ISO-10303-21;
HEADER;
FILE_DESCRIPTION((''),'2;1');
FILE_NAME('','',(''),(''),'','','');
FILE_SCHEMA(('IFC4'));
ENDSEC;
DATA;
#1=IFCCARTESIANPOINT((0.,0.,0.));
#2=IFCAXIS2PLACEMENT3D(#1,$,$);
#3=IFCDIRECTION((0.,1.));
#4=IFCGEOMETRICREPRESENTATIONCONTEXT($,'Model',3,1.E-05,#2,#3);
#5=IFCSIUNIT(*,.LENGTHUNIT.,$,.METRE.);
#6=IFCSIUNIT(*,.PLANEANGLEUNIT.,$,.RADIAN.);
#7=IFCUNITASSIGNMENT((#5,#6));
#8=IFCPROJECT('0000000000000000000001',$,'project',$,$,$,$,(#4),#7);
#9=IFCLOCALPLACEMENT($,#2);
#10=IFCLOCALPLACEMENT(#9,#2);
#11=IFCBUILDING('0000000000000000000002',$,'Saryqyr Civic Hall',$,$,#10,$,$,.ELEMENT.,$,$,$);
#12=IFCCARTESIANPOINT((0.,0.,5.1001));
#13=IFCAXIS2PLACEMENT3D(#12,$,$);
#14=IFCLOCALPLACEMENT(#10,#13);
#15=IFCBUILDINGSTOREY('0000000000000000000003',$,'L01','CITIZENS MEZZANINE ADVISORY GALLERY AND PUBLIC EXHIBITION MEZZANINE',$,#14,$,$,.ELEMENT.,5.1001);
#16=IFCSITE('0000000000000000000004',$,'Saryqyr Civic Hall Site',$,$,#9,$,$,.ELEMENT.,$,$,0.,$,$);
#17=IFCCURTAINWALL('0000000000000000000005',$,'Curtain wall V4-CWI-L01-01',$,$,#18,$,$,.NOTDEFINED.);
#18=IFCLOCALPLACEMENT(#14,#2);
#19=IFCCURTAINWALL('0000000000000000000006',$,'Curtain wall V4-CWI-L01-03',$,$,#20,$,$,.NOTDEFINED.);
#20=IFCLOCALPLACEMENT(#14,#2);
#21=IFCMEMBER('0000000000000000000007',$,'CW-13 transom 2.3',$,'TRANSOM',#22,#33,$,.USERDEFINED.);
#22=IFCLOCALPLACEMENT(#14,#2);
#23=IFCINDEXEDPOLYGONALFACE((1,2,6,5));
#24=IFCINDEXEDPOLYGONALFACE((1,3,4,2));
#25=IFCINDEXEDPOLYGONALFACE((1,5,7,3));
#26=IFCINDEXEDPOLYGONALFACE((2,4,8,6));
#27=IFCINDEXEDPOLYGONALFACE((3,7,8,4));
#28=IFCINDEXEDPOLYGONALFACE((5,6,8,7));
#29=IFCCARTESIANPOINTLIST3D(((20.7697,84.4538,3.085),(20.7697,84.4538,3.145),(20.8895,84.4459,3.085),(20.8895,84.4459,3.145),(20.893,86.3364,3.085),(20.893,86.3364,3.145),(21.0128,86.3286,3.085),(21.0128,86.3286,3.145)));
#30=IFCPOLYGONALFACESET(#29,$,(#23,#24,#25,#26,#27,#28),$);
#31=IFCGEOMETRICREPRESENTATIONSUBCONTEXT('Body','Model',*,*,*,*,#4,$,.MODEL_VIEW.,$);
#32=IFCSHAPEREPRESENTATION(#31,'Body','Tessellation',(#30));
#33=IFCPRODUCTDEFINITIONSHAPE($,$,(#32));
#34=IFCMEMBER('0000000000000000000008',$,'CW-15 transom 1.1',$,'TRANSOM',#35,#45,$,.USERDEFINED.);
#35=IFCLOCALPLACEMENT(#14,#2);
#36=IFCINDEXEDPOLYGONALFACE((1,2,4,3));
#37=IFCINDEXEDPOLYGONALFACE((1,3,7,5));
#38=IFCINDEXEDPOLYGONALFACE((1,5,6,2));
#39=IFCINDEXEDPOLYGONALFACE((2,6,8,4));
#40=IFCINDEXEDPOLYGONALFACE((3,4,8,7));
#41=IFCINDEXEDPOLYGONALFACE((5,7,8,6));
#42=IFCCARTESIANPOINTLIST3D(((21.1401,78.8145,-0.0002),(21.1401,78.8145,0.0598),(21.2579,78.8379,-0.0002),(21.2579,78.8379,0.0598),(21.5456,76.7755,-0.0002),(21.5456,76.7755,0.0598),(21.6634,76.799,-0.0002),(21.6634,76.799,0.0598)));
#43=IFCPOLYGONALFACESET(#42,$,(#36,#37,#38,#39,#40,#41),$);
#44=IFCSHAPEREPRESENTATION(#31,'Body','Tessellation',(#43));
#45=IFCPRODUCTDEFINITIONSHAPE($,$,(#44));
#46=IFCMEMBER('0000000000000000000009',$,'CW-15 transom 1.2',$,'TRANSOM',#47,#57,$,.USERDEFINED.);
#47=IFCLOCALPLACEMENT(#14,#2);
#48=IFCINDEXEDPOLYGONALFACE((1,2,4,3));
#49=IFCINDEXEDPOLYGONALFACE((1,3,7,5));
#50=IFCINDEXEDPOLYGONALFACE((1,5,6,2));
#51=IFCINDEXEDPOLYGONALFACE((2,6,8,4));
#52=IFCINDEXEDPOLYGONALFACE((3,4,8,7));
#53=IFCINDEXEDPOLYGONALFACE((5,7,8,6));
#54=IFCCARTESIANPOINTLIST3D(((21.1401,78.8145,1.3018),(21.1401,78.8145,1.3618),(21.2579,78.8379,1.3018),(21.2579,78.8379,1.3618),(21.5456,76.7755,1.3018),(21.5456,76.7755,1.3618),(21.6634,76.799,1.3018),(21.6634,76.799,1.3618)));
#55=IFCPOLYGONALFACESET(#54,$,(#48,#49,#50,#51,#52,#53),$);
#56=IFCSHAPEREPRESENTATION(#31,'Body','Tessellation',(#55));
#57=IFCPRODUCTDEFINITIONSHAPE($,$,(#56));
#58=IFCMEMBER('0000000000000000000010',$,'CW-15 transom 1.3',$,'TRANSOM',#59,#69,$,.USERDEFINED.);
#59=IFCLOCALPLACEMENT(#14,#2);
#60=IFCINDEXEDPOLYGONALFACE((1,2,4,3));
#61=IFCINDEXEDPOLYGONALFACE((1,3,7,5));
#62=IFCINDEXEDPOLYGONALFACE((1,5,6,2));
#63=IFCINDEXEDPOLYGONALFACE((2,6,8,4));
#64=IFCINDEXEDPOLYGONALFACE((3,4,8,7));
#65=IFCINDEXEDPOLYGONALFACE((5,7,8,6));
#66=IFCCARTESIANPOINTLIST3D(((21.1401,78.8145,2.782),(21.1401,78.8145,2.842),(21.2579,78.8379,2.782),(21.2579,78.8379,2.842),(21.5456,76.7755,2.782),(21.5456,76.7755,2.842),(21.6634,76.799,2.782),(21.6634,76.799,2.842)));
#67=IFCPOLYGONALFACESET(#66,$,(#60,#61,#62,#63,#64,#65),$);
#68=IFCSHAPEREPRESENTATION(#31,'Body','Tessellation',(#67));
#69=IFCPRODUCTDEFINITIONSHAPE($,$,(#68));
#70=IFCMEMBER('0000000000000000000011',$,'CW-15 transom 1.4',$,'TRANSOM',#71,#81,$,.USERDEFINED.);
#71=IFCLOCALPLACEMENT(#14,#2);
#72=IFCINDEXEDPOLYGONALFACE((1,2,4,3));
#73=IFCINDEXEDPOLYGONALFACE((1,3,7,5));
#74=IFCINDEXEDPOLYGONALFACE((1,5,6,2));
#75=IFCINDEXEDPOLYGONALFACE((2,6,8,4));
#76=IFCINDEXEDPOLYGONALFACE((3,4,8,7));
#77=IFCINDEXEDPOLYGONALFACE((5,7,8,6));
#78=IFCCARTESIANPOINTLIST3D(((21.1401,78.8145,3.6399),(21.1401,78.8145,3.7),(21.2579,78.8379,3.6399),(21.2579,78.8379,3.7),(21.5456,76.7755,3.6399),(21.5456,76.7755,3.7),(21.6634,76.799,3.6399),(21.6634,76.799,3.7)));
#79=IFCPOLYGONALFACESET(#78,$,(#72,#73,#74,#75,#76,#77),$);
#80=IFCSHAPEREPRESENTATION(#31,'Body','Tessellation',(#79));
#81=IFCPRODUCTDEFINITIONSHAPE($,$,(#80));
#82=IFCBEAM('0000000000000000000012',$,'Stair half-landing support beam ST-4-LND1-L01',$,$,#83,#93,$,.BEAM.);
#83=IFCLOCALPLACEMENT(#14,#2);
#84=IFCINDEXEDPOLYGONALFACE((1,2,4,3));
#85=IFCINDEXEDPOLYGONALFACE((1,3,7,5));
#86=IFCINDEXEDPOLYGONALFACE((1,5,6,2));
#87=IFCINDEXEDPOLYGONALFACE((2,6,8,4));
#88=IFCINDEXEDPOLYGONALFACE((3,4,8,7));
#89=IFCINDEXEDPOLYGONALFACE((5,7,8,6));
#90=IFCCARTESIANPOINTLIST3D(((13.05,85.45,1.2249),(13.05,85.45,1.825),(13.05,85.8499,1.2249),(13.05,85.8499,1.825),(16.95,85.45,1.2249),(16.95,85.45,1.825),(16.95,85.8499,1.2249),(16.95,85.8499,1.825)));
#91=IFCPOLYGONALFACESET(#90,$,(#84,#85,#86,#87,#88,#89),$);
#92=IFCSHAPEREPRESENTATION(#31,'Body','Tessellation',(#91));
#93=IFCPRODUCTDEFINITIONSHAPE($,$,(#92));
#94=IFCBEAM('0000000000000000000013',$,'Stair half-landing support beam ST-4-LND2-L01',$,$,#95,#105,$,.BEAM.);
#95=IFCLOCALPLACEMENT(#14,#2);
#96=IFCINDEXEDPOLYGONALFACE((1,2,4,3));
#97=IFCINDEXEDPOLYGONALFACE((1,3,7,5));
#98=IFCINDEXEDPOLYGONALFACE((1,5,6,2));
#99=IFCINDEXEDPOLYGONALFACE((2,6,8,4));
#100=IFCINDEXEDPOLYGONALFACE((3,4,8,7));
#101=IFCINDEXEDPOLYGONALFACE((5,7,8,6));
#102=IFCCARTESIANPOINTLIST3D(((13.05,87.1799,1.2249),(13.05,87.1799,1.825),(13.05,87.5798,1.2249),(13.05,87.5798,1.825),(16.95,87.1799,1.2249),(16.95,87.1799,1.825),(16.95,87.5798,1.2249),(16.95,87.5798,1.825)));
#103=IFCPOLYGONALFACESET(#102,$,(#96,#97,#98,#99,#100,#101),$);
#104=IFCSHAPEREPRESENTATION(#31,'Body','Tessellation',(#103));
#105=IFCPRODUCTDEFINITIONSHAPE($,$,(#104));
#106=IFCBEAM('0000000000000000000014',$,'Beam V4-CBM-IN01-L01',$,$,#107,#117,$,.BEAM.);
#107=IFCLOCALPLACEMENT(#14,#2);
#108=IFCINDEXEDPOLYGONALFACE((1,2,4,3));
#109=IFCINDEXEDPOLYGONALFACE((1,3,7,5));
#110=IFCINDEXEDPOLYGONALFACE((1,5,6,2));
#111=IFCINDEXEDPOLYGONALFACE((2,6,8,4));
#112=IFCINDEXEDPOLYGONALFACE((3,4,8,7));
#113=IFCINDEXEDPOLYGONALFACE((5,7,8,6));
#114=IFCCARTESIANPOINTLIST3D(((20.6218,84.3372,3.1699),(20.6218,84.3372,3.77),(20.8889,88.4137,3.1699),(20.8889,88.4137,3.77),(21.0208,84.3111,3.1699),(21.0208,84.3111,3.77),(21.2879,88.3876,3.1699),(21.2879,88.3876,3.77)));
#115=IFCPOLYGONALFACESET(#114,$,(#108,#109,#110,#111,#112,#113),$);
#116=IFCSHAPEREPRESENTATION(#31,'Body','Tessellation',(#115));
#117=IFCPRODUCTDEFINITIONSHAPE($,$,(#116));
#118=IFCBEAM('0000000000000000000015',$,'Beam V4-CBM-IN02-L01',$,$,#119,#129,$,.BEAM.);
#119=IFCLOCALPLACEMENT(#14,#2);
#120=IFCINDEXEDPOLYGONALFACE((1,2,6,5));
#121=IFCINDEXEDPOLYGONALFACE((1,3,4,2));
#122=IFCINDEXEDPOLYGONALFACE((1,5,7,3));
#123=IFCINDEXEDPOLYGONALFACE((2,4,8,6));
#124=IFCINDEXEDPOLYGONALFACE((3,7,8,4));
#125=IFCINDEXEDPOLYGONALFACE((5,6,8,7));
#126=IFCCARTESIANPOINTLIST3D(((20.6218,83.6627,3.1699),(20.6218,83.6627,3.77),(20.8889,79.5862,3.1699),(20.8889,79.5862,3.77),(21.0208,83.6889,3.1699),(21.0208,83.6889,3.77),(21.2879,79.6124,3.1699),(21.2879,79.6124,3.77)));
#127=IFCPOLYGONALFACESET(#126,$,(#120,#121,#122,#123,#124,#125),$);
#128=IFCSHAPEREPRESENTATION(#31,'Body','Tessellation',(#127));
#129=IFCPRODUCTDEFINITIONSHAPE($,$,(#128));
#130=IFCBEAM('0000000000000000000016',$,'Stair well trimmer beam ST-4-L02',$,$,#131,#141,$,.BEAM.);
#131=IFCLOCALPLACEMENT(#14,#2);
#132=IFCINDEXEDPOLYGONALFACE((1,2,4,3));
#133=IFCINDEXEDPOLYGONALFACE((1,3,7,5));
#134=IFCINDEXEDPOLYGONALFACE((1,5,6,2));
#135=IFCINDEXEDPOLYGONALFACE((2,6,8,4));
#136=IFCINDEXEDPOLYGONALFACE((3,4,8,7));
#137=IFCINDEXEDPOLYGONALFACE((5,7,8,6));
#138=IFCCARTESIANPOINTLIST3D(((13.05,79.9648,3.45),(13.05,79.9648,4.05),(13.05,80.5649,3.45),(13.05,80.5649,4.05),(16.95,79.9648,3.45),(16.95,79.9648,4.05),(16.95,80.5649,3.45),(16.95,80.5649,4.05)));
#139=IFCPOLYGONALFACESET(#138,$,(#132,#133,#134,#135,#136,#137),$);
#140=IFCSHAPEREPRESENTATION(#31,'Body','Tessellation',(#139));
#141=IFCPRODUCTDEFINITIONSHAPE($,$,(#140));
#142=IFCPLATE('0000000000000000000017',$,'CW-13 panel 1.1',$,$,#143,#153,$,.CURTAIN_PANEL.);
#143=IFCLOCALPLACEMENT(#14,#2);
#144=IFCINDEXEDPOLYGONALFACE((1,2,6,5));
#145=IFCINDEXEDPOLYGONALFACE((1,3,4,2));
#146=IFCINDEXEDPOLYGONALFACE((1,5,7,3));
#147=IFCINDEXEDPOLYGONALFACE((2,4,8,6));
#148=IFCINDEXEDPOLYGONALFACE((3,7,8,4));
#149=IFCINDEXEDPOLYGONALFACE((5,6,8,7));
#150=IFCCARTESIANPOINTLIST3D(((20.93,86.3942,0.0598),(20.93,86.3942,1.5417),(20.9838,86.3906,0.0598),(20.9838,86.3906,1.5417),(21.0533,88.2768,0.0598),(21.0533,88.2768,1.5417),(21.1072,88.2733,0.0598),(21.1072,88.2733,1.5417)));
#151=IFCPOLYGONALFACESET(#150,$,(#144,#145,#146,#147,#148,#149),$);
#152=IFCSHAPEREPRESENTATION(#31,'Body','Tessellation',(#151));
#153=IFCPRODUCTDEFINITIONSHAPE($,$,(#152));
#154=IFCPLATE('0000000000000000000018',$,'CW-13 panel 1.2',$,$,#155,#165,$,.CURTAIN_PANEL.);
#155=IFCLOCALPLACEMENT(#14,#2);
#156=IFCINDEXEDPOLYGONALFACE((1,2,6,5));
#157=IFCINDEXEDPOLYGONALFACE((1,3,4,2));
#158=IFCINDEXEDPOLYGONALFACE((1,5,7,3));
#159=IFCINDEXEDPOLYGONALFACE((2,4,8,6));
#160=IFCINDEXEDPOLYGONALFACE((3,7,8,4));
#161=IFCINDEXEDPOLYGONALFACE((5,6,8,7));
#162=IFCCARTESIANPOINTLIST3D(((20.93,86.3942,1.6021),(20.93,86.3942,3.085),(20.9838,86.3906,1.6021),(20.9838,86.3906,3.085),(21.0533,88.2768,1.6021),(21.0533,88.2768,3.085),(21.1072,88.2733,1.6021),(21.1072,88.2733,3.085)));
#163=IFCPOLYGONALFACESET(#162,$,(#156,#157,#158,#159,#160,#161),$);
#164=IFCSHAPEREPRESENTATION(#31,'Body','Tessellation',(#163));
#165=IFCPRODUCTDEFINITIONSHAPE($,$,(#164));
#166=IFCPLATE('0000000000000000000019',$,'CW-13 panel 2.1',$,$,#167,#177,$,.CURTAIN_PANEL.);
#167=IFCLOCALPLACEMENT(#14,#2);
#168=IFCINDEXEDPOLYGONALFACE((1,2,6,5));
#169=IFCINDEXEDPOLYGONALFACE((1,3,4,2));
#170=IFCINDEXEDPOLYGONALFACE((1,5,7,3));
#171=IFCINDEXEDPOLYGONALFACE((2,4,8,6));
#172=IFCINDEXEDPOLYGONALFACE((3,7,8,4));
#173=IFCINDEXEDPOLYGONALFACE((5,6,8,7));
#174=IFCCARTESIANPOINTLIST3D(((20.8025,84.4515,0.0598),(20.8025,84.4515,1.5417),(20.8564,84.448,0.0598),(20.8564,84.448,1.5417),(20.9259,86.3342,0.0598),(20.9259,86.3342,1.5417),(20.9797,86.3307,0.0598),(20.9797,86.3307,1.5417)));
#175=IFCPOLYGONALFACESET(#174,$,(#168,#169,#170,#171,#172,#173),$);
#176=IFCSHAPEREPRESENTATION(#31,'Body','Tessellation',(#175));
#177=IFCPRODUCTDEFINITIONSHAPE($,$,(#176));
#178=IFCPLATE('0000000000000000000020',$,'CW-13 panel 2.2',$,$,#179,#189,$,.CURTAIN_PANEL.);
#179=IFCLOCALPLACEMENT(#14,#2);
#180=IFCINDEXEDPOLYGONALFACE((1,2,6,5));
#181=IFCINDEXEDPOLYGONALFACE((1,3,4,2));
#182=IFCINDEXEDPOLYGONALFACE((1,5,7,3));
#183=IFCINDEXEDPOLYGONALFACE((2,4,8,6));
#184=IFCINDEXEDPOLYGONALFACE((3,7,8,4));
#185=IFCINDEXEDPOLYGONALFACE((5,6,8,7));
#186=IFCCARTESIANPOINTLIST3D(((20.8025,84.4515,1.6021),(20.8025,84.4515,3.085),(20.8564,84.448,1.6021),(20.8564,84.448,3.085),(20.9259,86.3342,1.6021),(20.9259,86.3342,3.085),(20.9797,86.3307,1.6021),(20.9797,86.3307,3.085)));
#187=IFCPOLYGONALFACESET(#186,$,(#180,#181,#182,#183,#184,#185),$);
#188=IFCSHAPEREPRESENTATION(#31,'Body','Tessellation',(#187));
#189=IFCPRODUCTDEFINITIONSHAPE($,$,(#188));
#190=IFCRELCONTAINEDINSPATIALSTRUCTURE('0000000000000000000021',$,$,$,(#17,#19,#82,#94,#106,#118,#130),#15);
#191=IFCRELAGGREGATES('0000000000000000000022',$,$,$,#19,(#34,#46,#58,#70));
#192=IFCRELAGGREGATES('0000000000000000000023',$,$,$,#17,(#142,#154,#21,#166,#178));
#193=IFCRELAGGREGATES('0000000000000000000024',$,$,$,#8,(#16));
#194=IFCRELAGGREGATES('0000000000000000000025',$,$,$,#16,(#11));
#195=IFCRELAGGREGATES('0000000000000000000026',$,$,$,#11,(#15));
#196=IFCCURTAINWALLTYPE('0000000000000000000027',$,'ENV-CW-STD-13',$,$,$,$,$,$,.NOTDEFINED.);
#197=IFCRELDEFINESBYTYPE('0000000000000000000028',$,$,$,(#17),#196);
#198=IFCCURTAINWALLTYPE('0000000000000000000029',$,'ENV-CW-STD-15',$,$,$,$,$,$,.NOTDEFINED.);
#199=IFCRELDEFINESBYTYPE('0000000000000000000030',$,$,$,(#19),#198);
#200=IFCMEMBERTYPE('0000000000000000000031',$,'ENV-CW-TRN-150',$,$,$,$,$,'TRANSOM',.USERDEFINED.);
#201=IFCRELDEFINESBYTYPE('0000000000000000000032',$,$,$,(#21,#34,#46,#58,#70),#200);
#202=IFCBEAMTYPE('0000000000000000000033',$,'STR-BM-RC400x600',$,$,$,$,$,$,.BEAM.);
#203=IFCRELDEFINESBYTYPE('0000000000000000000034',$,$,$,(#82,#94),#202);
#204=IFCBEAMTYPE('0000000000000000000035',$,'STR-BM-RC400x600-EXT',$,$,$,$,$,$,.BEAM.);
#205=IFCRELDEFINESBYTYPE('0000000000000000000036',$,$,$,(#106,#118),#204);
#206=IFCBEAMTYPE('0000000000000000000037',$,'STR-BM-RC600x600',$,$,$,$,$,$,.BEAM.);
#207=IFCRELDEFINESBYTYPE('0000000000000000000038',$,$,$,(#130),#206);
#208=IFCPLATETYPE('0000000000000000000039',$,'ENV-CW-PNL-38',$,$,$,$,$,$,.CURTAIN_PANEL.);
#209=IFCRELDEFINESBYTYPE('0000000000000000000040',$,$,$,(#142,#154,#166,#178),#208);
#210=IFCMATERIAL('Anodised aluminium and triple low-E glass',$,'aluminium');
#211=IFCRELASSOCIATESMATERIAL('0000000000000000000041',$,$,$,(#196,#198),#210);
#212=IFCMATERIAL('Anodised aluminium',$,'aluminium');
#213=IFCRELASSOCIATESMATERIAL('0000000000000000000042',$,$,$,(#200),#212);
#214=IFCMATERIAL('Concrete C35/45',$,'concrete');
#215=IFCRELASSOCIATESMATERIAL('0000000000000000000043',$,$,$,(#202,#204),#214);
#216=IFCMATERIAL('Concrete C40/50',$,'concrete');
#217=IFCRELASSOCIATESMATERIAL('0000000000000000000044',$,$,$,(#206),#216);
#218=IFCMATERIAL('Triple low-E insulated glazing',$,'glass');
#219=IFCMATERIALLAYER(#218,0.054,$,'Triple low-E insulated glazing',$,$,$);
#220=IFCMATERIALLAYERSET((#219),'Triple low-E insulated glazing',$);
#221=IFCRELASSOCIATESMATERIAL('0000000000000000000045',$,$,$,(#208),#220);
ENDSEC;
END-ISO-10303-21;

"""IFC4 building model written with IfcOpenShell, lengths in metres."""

from ifc_helpers import new_model, si_unit, direction, frame, origin, origin_2d, place, context, subcontext, project, spatial, rectangle, extrude, material, layer, layer_set, material_profile, profile_set, type_object, element, aggregate, save


model = new_model("IFC4")

# Units and contexts
model_context = context("Model", 3, precision=1e-05, world=origin(), true_north=direction((0.0, 1.0)))
body_context = subcontext(model_context, "Body", "Model", "MODEL_VIEW")
ifc_project = project(units=[si_unit("LENGTHUNIT", "METRE"), si_unit("PLANEANGLEUNIT", "RADIAN")], contexts=[model_context])

# Site, building, storey
site_placement = place(None, origin())
site = spatial("IfcSite", under=ifc_project, at=site_placement, Name="Saryqyr Civic Hall Site", CompositionType="ELEMENT", RefElevation=0.0)
building_placement = place(site_placement, origin())
building = spatial("IfcBuilding", under=site, at=building_placement, Name="Saryqyr Civic Hall", CompositionType="ELEMENT")
storey_placement = place(building_placement, frame((0.0, 0.0, 5.1001)))
storey = spatial("IfcBuildingStorey", under=building, at=storey_placement, Name="L01", Description="CITIZENS MEZZANINE ADVISORY GALLERY AND PUBLIC EXHIBITION MEZZANINE", CompositionType="ELEMENT", Elevation=5.1001)

# Shared definitions
ifc_material_1 = material(Name="Concrete C40/50", Category="concrete")

# Curtain wall
ifc_material_2 = material(Name="Anodised aluminium and triple low-E glass", Category="aluminium")
curtain_wall_type_1 = type_object("IfcCurtainWallType", Name="ENV-CW-STD-13", PredefinedType="NOTDEFINED", material=ifc_material_2)
curtain_wall_1_placement = place(storey_placement, origin())
curtain_wall_1 = element("IfcCurtainWall", 1, at=curtain_wall_1_placement, inside=storey, type_object=curtain_wall_type_1, Name="Curtain wall V4-CWI-L01-01", PredefinedType="NOTDEFINED")
ifc_material_3 = material(Name="Anodised aluminium", Category="aluminium")

# Curtain wall
curtain_wall_type_2 = type_object("IfcCurtainWallType", Name="ENV-CW-STD-15", PredefinedType="NOTDEFINED", material=ifc_material_2)
curtain_wall_2_placement = place(storey_placement, origin())
curtain_wall_2 = element("IfcCurtainWall", 2, at=curtain_wall_2_placement, inside=storey, type_object=curtain_wall_type_2, Name="Curtain wall V4-CWI-L01-03", PredefinedType="NOTDEFINED")

# Members
ifc_material_profile_1 = material_profile(ifc_material_3, rectangle(XDim=0.1201, YDim=0.0601, at=origin_2d()), Name="ALU TRANSOM 120x60")
ifc_profile_set_1 = profile_set([ifc_material_profile_1], Name="Anodised aluminium")
member_type_1 = type_object("IfcMemberType", Name="ENV-CW-TRN-150", ElementType="TRANSOM", PredefinedType="USERDEFINED", material=ifc_profile_set_1)
member_1_placement = place(storey_placement, frame((20.9529, 86.3325, 3.115), z_axis=(-0.065351, -0.997862, 0.0), x_axis=(0.997862, -0.065351, 0.0)))
member_1 = element("IfcMember", 3, at=member_1_placement, type_object=member_type_1, Name="CW-13 transom 2.3", ObjectType="TRANSOM", PredefinedType="USERDEFINED", context=body_context, shape_type="SweptSolid", body=[
    extrude(rectangle(XDim=0.1201, YDim=0.0601, at=origin_2d()), origin(), (0.0, 0.0, 1.0), 1.8867),
])
member_2_placement = place(storey_placement, frame((21.199, 78.8262, 0.0298), z_axis=(0.195077, -0.980788, 0.0), x_axis=(0.980788, 0.195077, 0.0)))
member_2 = element("IfcMember", 4, at=member_2_placement, type_object=member_type_1, Name="CW-15 transom 1.1", ObjectType="TRANSOM", PredefinedType="USERDEFINED", context=body_context, shape_type="SweptSolid", body=[
    extrude(rectangle(XDim=0.1201, YDim=0.0601, at=origin_2d()), origin(), (0.0, 0.0, 1.0), 2.0789),
])
member_3_placement = place(storey_placement, frame((21.199, 78.8262, 1.3318), z_axis=(0.195077, -0.980788, 0.0), x_axis=(0.980788, 0.195077, 0.0)))
member_3 = element("IfcMember", 5, at=member_3_placement, type_object=member_type_1, Name="CW-15 transom 1.2", ObjectType="TRANSOM", PredefinedType="USERDEFINED", context=body_context, shape_type="SweptSolid", body=[
    extrude(rectangle(XDim=0.1201, YDim=0.0601, at=origin_2d()), origin(), (0.0, 0.0, 1.0), 2.0789),
])
member_4_placement = place(storey_placement, frame((21.199, 78.8262, 2.812), z_axis=(0.195077, -0.980788, 0.0), x_axis=(0.980788, 0.195077, 0.0)))
member_4 = element("IfcMember", 6, at=member_4_placement, type_object=member_type_1, Name="CW-15 transom 1.3", ObjectType="TRANSOM", PredefinedType="USERDEFINED", context=body_context, shape_type="SweptSolid", body=[
    extrude(rectangle(XDim=0.1201, YDim=0.0601, at=origin_2d()), origin(), (0.0, 0.0, 1.0), 2.0789),
])
member_5_placement = place(storey_placement, frame((21.199, 78.8262, 3.6699), z_axis=(0.195077, -0.980788, 0.0), x_axis=(0.980788, 0.195077, 0.0)))
member_5 = element("IfcMember", 7, at=member_5_placement, type_object=member_type_1, Name="CW-15 transom 1.4", ObjectType="TRANSOM", PredefinedType="USERDEFINED", context=body_context, shape_type="SweptSolid", body=[
    extrude(rectangle(XDim=0.1201, YDim=0.0601, at=origin_2d()), origin(), (0.0, 0.0, 1.0), 2.0789),
])
aggregate(curtain_wall_2, [member_2, member_3, member_4, member_5])

# Beams
ifc_material_4 = material(Name="Concrete C35/45", Category="concrete")
ifc_material_profile_2 = material_profile(ifc_material_4, rectangle(XDim=0.3999, YDim=0.6001, at=origin_2d()), Name="RC 400x600")
ifc_profile_set_2 = profile_set([ifc_material_profile_2], Name="Concrete C35/45")
beam_type_1 = type_object("IfcBeamType", Name="STR-BM-RC400x600", PredefinedType="BEAM", material=ifc_profile_set_2)
for number, where, z_axis, x_axis, name in (
    (8, (16.95, 85.6499, 1.5249), (-1.0, 0.0, 0.0), (0.0, -1.0, 0.0), "Stair half-landing support beam ST-4-LND1-L01"),
    (9, (16.95, 87.3799, 1.5249), (-1.0, 0.0, 0.0), (0.0, -1.0, 0.0), "Stair half-landing support beam ST-4-LND2-L01"),
):
    element("IfcBeam", number, at=place(storey_placement, frame(where, z_axis=z_axis, x_axis=x_axis)), inside=storey, type_object=beam_type_1, Name=name, PredefinedType="BEAM", context=body_context, shape_type="SweptSolid", body=[
        extrude(rectangle(XDim=0.3999, YDim=0.6001, at=origin_2d()), origin(), (0.0, 0.0, 1.0), 3.8999),
    ])
ifc_material_profile_3 = material_profile(ifc_material_4, rectangle(XDim=0.3999, YDim=0.6001, at=origin_2d()), Name="RC 400x600")
ifc_profile_set_3 = profile_set([ifc_material_profile_3], Name="Concrete C35/45")
beam_type_2 = type_object("IfcBeamType", Name="STR-BM-RC400x600-EXT", PredefinedType="BEAM", material=ifc_profile_set_3)
for number, where, z_axis, x_axis, name in (
    (10, (21.0884, 88.4006, 3.47), (-0.065381, -0.99786, 0.0), (0.99786, -0.065381, 0.0), "Beam V4-CBM-IN01-L01"),
    (11, (20.8213, 83.6758, 3.47), (0.065381, -0.99786, 0.0), (0.99786, 0.065381, 0.0), "Beam V4-CBM-IN02-L01"),
):
    element("IfcBeam", number, at=place(storey_placement, frame(where, z_axis=z_axis, x_axis=x_axis)), inside=storey, type_object=beam_type_2, Name=name, PredefinedType="BEAM", context=body_context, shape_type="SweptSolid", body=[
        extrude(rectangle(XDim=0.3999, YDim=0.6001, at=origin_2d()), origin(), (0.0, 0.0, 1.0), 4.0852),
    ])
ifc_material_profile_4 = material_profile(ifc_material_1, rectangle(XDim=0.6001, YDim=0.6001, at=origin_2d()), Name="RC 600x600")
ifc_profile_set_4 = profile_set([ifc_material_profile_4], Name="Concrete C40/50")
beam_type_3 = type_object("IfcBeamType", Name="STR-BM-RC600x600", PredefinedType="BEAM", material=ifc_profile_set_4)
beam_placement = place(storey_placement, frame((16.95, 80.2649, 3.75), z_axis=(-1.0, 0.0, 0.0), x_axis=(0.0, -1.0, 0.0)))
element("IfcBeam", 12, at=beam_placement, inside=storey, type_object=beam_type_3, Name="Stair well trimmer beam ST-4-L02", PredefinedType="BEAM", context=body_context, shape_type="SweptSolid", body=[
    extrude(rectangle(XDim=0.6001, YDim=0.6001, at=origin_2d()), origin(), (0.0, 0.0, 1.0), 3.8999),
])

# Plates
ifc_material_5 = material(Name="Triple low-E insulated glazing", Category="glass")
ifc_layer_1 = layer(ifc_material_5, 0.054, Name="Triple low-E insulated glazing")
ifc_layer_set_1 = layer_set([ifc_layer_1], Name="Triple low-E insulated glazing")
plate_type = type_object("IfcPlateType", Name="ENV-CW-PNL-38", PredefinedType="CURTAIN_PANEL", material=ifc_layer_set_1)
plate_1_placement = place(storey_placement, frame((21.0186, 87.3337, 0.0598), z_axis=(0.0, 0.0, 1.0), x_axis=(-0.065386, -0.99786, 0.0)))
plate_1 = element("IfcPlate", 13, at=plate_1_placement, type_object=plate_type, Name="CW-13 panel 1.1", PredefinedType="CURTAIN_PANEL", context=body_context, shape_type="SweptSolid", body=[
    extrude(rectangle(XDim=1.8867, YDim=0.054, at=origin_2d()), origin(), (0.0, 0.0, 1.0), 1.4819),
])
plate_2_placement = place(storey_placement, frame((21.0186, 87.3337, 1.6021), z_axis=(0.0, 0.0, 1.0), x_axis=(-0.065386, -0.99786, 0.0)))
plate_2 = element("IfcPlate", 14, at=plate_2_placement, type_object=plate_type, Name="CW-13 panel 1.2", PredefinedType="CURTAIN_PANEL", context=body_context, shape_type="SweptSolid", body=[
    extrude(rectangle(XDim=1.8867, YDim=0.054, at=origin_2d()), origin(), (0.0, 0.0, 1.0), 1.4829),
])
plate_3_placement = place(storey_placement, frame((20.8911, 85.3911, 0.0598), z_axis=(0.0, 0.0, 1.0), x_axis=(-0.065386, -0.99786, 0.0)))
plate_3 = element("IfcPlate", 15, at=plate_3_placement, type_object=plate_type, Name="CW-13 panel 2.1", PredefinedType="CURTAIN_PANEL", context=body_context, shape_type="SweptSolid", body=[
    extrude(rectangle(XDim=1.8867, YDim=0.054, at=origin_2d()), origin(), (0.0, 0.0, 1.0), 1.4819),
])
plate_4_placement = place(storey_placement, frame((20.8911, 85.3911, 1.6021), z_axis=(0.0, 0.0, 1.0), x_axis=(-0.065386, -0.99786, 0.0)))
plate_4 = element("IfcPlate", 16, at=plate_4_placement, type_object=plate_type, Name="CW-13 panel 2.2", PredefinedType="CURTAIN_PANEL", context=body_context, shape_type="SweptSolid", body=[
    extrude(rectangle(XDim=1.8867, YDim=0.054, at=origin_2d()), origin(), (0.0, 0.0, 1.0), 1.4829),
])
aggregate(curtain_wall_1, [plate_1, plate_2, member_1, plate_3, plate_4])

save(model, "model.ifc")
